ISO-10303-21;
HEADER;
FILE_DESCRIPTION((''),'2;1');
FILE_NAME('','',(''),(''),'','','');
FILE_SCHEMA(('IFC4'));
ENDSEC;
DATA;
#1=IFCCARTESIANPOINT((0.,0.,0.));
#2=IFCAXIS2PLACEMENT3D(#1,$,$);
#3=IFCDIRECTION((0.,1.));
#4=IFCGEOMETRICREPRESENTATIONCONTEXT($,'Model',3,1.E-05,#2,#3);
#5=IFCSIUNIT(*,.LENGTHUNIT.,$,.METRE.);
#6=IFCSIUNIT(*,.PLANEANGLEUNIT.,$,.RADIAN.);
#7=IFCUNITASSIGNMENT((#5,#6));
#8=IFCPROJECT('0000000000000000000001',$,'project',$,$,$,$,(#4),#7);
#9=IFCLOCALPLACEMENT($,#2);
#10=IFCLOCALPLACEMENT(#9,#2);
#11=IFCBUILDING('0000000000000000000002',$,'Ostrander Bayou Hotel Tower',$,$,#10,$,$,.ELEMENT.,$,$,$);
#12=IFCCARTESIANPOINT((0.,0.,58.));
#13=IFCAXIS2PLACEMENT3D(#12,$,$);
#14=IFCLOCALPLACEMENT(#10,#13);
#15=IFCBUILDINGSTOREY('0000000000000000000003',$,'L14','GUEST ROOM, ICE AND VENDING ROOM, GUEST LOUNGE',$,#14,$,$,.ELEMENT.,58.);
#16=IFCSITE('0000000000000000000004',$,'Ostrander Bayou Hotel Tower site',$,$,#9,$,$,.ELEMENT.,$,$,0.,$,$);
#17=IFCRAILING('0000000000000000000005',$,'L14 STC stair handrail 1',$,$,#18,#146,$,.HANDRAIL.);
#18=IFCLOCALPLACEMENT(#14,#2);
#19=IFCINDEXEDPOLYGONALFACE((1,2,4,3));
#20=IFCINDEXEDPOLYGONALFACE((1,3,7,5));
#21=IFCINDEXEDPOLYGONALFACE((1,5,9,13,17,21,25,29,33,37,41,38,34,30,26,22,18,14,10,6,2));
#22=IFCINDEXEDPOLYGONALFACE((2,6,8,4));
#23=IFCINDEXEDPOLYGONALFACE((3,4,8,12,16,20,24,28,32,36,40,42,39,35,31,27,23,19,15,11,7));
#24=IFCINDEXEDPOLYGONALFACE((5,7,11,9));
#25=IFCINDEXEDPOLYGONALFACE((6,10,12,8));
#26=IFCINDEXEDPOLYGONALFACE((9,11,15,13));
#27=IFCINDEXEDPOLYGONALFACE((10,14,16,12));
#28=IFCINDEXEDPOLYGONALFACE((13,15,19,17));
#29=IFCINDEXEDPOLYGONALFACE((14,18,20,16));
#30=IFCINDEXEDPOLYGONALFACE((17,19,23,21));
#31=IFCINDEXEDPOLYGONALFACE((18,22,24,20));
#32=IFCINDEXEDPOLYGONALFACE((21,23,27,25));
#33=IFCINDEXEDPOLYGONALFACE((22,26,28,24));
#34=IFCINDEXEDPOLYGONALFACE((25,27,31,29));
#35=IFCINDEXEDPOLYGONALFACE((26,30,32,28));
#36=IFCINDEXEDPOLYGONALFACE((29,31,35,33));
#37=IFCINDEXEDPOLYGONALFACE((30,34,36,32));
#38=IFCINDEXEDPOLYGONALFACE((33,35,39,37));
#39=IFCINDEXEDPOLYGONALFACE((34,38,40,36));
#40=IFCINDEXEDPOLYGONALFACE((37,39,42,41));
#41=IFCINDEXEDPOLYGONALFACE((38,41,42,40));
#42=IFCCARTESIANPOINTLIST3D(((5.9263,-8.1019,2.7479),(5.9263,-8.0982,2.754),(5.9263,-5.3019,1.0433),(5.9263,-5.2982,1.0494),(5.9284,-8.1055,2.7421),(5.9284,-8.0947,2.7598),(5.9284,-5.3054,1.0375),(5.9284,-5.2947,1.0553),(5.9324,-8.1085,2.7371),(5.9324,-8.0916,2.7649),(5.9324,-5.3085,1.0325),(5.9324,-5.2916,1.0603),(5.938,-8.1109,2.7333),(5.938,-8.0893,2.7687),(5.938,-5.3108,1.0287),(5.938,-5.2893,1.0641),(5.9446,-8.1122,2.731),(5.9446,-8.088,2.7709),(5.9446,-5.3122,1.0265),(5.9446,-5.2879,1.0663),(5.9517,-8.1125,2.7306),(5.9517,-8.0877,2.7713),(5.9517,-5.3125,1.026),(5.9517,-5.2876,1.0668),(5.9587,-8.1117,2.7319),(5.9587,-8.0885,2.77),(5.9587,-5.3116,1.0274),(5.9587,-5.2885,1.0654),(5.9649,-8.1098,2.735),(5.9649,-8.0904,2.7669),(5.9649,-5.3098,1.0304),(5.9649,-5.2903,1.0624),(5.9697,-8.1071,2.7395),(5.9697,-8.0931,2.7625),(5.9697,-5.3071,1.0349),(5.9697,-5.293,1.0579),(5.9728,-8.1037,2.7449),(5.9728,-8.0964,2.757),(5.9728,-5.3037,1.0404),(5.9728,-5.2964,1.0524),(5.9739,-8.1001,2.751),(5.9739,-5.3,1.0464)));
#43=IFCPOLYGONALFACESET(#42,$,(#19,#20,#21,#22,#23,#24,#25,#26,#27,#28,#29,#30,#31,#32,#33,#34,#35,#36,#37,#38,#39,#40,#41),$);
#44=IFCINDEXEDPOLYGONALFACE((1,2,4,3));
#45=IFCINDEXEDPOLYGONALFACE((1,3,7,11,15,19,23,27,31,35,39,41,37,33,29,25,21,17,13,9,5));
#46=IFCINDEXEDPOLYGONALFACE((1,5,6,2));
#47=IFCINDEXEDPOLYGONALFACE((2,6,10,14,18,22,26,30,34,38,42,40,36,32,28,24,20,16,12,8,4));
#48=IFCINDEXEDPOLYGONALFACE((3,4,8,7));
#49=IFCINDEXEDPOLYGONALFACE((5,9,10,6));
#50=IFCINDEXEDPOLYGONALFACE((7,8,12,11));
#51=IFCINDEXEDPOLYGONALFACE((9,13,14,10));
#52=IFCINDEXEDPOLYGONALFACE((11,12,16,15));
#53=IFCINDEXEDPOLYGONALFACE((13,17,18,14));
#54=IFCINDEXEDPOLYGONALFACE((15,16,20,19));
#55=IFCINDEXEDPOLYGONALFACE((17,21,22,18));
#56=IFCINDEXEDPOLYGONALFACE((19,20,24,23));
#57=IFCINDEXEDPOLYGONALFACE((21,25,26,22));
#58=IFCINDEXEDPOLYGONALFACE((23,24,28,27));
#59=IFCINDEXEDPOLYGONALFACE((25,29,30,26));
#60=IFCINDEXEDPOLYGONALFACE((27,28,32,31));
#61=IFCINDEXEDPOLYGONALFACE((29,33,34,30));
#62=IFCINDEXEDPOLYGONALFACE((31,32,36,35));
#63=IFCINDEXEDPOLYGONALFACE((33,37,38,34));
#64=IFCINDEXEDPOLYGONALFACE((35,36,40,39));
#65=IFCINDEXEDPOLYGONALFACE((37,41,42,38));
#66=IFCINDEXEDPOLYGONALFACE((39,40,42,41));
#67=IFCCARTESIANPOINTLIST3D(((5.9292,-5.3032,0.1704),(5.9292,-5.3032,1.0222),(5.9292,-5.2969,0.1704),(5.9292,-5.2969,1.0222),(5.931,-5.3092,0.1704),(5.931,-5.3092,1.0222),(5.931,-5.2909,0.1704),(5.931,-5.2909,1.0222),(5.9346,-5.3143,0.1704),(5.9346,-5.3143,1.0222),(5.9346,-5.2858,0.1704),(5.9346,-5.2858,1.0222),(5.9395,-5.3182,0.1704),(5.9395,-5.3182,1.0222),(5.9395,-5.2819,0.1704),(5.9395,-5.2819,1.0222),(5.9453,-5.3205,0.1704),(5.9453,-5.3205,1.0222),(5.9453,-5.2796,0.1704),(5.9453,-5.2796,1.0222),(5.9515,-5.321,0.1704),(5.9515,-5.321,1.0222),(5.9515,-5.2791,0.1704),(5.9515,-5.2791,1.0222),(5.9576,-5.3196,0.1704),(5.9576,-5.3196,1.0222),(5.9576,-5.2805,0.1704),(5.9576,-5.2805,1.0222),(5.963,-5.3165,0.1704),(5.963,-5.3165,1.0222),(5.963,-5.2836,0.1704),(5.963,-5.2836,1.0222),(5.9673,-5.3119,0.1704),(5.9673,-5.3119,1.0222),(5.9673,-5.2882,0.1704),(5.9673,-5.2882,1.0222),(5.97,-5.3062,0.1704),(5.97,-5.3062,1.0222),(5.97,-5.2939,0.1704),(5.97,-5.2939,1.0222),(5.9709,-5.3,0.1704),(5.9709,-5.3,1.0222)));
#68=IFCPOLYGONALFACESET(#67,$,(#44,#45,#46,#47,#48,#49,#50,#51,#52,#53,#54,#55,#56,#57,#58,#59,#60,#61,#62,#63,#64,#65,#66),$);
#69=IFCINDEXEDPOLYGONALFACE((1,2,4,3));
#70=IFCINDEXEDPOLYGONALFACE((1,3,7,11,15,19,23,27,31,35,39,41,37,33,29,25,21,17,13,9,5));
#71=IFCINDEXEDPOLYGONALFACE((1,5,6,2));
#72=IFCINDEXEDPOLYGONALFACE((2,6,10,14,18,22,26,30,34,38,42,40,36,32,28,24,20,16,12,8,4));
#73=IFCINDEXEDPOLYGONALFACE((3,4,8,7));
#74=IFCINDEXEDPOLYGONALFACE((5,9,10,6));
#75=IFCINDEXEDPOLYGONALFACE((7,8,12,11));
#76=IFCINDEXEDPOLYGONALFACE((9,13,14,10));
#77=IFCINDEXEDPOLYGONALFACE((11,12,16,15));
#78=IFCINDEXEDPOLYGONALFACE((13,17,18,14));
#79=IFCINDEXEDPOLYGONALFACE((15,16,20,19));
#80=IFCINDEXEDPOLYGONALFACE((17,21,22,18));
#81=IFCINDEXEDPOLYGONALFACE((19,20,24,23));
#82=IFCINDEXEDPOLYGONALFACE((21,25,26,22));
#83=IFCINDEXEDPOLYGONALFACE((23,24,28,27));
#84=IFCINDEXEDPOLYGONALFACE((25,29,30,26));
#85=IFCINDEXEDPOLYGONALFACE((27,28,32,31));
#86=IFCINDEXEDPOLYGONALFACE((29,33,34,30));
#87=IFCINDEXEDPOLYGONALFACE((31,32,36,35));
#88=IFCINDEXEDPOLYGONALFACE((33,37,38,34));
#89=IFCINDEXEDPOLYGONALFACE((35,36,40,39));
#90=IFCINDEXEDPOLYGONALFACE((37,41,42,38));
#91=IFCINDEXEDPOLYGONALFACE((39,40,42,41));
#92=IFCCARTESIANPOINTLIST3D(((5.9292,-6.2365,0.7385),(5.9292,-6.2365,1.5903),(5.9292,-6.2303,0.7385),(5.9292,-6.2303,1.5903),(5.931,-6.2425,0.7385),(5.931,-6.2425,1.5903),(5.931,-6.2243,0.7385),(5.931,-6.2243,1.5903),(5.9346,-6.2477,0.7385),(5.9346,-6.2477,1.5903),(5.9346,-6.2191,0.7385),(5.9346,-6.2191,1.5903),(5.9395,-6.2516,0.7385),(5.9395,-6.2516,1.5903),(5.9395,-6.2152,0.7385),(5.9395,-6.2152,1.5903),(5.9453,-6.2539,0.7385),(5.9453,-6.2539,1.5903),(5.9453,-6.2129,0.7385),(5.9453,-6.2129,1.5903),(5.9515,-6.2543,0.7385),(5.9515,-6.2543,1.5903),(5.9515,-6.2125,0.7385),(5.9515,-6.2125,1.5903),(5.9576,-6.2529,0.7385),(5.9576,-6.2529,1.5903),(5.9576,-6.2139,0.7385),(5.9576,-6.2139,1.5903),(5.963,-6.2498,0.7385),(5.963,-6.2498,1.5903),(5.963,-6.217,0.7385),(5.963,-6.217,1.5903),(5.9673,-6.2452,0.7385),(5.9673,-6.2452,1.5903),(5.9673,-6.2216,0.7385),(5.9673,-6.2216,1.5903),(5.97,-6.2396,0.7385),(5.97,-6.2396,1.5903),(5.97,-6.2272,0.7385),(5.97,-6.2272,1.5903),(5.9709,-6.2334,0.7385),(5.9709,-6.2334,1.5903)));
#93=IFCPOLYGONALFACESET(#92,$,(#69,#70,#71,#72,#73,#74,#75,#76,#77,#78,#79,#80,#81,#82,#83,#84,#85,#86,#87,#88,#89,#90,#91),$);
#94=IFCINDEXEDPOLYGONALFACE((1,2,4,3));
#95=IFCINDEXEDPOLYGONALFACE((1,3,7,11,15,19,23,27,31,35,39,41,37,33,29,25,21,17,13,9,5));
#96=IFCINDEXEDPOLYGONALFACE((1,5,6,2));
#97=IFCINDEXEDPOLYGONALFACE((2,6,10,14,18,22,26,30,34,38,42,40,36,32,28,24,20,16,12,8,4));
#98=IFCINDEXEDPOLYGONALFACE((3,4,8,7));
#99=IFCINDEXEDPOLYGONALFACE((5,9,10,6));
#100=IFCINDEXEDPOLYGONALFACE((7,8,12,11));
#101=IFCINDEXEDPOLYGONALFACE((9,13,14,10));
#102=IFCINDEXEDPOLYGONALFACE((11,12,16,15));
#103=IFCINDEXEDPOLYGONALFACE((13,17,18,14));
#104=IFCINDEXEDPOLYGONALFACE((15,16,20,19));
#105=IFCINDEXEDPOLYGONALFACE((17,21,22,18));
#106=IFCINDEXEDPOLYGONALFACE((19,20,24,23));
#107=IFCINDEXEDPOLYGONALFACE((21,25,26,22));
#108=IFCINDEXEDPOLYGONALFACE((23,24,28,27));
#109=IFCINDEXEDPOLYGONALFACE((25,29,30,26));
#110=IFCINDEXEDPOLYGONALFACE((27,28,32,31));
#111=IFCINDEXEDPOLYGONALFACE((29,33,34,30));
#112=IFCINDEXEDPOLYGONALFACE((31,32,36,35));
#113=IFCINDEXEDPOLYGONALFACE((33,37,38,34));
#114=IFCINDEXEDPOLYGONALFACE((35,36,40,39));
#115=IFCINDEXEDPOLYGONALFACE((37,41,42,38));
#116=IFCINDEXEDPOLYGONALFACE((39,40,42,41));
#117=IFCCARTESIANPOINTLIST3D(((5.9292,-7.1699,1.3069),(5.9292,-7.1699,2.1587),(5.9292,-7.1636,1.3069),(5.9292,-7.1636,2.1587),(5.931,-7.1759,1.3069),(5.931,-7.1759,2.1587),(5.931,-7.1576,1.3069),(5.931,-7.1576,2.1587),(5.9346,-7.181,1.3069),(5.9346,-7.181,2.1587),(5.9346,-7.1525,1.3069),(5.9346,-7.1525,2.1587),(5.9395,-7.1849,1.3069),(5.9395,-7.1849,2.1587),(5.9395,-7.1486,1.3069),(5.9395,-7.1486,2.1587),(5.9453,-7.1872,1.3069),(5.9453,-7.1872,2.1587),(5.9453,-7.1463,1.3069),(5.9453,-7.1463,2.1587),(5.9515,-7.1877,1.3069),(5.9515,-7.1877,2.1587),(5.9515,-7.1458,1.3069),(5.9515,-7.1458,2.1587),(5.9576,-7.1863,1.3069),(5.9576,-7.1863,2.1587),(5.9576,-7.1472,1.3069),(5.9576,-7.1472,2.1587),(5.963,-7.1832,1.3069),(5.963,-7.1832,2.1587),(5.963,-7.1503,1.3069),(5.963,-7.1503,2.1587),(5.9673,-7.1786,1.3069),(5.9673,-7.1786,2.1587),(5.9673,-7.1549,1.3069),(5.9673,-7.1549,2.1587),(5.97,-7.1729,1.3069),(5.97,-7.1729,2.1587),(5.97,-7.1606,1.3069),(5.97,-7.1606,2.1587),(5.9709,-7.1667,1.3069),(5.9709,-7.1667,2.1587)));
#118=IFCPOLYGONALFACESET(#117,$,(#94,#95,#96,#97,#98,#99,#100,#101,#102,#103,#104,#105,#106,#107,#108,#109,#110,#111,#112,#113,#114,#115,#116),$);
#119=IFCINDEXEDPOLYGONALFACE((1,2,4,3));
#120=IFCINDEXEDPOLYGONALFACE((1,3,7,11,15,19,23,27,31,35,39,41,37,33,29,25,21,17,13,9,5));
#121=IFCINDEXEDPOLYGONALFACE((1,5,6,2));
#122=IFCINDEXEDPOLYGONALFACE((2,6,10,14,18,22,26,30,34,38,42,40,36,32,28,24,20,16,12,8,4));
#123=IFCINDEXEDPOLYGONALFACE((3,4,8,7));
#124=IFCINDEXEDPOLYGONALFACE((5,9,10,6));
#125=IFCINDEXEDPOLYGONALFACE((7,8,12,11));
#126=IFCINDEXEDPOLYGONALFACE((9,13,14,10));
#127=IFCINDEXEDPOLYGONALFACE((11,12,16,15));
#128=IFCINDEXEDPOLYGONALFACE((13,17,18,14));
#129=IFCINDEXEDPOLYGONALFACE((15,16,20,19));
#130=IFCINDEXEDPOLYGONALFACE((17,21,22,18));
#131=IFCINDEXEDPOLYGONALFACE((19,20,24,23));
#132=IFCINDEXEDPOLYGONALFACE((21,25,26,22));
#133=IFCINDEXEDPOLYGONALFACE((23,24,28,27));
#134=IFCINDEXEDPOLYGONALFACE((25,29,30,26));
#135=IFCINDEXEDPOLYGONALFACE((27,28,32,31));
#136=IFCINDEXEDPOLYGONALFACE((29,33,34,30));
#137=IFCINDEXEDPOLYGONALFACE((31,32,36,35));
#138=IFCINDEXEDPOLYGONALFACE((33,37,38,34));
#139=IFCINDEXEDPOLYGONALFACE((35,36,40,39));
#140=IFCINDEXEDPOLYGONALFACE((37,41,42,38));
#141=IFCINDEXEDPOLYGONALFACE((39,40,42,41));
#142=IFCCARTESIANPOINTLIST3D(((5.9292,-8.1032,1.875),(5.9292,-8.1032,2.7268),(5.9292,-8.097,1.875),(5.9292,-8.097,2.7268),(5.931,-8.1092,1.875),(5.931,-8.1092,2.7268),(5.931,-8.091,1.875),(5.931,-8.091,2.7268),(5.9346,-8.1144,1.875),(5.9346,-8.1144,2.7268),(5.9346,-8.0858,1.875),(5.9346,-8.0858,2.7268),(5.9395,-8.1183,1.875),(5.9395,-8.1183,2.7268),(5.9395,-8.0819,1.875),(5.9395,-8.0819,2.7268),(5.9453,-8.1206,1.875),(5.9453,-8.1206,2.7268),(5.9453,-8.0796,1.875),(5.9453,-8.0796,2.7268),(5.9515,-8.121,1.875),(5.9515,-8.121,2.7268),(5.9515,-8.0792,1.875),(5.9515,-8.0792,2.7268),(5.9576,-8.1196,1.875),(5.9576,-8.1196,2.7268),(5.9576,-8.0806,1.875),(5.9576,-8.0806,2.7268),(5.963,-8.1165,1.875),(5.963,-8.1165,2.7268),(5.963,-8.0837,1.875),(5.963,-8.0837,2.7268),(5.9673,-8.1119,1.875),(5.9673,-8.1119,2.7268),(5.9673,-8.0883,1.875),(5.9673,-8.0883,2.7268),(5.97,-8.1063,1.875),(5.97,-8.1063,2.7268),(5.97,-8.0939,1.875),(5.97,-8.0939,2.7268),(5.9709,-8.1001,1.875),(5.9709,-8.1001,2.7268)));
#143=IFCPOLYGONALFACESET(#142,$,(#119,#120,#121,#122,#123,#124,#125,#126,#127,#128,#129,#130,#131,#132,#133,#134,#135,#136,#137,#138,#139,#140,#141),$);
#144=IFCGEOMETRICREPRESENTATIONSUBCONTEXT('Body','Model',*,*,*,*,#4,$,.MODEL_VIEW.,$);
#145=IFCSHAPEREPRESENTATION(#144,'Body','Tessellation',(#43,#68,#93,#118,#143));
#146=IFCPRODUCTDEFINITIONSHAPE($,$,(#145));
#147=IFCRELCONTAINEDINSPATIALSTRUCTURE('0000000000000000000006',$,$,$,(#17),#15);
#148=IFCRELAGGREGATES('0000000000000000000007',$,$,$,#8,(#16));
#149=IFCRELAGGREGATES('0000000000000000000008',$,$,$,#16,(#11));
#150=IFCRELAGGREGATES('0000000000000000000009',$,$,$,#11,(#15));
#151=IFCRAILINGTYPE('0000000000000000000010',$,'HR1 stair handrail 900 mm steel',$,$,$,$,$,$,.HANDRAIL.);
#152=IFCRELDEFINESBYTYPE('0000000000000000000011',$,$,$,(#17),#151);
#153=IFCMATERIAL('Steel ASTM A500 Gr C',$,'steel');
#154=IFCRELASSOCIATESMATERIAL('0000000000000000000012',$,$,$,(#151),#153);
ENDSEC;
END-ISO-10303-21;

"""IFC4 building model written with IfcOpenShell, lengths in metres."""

from ifc_helpers import new_model, si_unit, direction, frame, origin, origin_2d, place, context, subcontext, project, spatial, circle, extrude, material, type_object, element, save


model = new_model("IFC4")

# Units and contexts
model_context = context("Model", 3, precision=1e-05, world=origin(), true_north=direction((0.0, 1.0)))
body_context = subcontext(model_context, "Body", "Model", "MODEL_VIEW")
ifc_project = project(units=[si_unit("LENGTHUNIT", "METRE"), si_unit("PLANEANGLEUNIT", "RADIAN")], contexts=[model_context])

# Site, building, storey
site_placement = place(None, origin())
site = spatial("IfcSite", under=ifc_project, at=site_placement, Name="Ostrander Bayou Hotel Tower site", CompositionType="ELEMENT", RefElevation=0.0)
building_placement = place(site_placement, origin())
building = spatial("IfcBuilding", under=site, at=building_placement, Name="Ostrander Bayou Hotel Tower", CompositionType="ELEMENT")
storey_placement = place(building_placement, frame((0.0, 0.0, 58.0)))
storey = spatial("IfcBuildingStorey", under=building, at=storey_placement, Name="L14", Description="GUEST ROOM, ICE AND VENDING ROOM, GUEST LOUNGE", CompositionType="ELEMENT", Elevation=58.0)

# Railing
ifc_material_1 = material(Name="Steel ASTM A500 Gr C", Category="steel")
railing_type_1 = type_object("IfcRailingType", Name="HR1 stair handrail 900 mm steel", PredefinedType="HANDRAIL", material=ifc_material_1)
railing_1_placement = place(storey_placement, frame((5.95, -5.3, 0.1704)))
element("IfcRailing", 1, at=railing_1_placement, inside=storey, type_object=railing_type_1, Name="L14 STC stair handrail 1", PredefinedType="HANDRAIL", context=body_context, shape_type="SweptSolid", body=[
    extrude(circle(Radius=0.0239, at=origin_2d()), frame((0.0, 0.0, 0.876), z_axis=(0.0, -0.85417, 0.519994), x_axis=(1.0, 0.0, 0.0)), (0.0, 0.0, 1.0), 3.2781),
    extrude(circle(Radius=0.021, at=origin_2d()), origin(), (0.0, 0.0, 1.0), 0.8518),
    extrude(circle(Radius=0.021, at=origin_2d()), frame((0.0, -0.9333, 0.5681)), (0.0, 0.0, 1.0), 0.8518),
    extrude(circle(Radius=0.021, at=origin_2d()), frame((0.0, -1.8667, 1.1365)), (0.0, 0.0, 1.0), 0.8518),
    extrude(circle(Radius=0.021, at=origin_2d()), frame((0.0, -2.8, 1.7046)), (0.0, 0.0, 1.0), 0.8518),
])

save(model, "model.ifc")
